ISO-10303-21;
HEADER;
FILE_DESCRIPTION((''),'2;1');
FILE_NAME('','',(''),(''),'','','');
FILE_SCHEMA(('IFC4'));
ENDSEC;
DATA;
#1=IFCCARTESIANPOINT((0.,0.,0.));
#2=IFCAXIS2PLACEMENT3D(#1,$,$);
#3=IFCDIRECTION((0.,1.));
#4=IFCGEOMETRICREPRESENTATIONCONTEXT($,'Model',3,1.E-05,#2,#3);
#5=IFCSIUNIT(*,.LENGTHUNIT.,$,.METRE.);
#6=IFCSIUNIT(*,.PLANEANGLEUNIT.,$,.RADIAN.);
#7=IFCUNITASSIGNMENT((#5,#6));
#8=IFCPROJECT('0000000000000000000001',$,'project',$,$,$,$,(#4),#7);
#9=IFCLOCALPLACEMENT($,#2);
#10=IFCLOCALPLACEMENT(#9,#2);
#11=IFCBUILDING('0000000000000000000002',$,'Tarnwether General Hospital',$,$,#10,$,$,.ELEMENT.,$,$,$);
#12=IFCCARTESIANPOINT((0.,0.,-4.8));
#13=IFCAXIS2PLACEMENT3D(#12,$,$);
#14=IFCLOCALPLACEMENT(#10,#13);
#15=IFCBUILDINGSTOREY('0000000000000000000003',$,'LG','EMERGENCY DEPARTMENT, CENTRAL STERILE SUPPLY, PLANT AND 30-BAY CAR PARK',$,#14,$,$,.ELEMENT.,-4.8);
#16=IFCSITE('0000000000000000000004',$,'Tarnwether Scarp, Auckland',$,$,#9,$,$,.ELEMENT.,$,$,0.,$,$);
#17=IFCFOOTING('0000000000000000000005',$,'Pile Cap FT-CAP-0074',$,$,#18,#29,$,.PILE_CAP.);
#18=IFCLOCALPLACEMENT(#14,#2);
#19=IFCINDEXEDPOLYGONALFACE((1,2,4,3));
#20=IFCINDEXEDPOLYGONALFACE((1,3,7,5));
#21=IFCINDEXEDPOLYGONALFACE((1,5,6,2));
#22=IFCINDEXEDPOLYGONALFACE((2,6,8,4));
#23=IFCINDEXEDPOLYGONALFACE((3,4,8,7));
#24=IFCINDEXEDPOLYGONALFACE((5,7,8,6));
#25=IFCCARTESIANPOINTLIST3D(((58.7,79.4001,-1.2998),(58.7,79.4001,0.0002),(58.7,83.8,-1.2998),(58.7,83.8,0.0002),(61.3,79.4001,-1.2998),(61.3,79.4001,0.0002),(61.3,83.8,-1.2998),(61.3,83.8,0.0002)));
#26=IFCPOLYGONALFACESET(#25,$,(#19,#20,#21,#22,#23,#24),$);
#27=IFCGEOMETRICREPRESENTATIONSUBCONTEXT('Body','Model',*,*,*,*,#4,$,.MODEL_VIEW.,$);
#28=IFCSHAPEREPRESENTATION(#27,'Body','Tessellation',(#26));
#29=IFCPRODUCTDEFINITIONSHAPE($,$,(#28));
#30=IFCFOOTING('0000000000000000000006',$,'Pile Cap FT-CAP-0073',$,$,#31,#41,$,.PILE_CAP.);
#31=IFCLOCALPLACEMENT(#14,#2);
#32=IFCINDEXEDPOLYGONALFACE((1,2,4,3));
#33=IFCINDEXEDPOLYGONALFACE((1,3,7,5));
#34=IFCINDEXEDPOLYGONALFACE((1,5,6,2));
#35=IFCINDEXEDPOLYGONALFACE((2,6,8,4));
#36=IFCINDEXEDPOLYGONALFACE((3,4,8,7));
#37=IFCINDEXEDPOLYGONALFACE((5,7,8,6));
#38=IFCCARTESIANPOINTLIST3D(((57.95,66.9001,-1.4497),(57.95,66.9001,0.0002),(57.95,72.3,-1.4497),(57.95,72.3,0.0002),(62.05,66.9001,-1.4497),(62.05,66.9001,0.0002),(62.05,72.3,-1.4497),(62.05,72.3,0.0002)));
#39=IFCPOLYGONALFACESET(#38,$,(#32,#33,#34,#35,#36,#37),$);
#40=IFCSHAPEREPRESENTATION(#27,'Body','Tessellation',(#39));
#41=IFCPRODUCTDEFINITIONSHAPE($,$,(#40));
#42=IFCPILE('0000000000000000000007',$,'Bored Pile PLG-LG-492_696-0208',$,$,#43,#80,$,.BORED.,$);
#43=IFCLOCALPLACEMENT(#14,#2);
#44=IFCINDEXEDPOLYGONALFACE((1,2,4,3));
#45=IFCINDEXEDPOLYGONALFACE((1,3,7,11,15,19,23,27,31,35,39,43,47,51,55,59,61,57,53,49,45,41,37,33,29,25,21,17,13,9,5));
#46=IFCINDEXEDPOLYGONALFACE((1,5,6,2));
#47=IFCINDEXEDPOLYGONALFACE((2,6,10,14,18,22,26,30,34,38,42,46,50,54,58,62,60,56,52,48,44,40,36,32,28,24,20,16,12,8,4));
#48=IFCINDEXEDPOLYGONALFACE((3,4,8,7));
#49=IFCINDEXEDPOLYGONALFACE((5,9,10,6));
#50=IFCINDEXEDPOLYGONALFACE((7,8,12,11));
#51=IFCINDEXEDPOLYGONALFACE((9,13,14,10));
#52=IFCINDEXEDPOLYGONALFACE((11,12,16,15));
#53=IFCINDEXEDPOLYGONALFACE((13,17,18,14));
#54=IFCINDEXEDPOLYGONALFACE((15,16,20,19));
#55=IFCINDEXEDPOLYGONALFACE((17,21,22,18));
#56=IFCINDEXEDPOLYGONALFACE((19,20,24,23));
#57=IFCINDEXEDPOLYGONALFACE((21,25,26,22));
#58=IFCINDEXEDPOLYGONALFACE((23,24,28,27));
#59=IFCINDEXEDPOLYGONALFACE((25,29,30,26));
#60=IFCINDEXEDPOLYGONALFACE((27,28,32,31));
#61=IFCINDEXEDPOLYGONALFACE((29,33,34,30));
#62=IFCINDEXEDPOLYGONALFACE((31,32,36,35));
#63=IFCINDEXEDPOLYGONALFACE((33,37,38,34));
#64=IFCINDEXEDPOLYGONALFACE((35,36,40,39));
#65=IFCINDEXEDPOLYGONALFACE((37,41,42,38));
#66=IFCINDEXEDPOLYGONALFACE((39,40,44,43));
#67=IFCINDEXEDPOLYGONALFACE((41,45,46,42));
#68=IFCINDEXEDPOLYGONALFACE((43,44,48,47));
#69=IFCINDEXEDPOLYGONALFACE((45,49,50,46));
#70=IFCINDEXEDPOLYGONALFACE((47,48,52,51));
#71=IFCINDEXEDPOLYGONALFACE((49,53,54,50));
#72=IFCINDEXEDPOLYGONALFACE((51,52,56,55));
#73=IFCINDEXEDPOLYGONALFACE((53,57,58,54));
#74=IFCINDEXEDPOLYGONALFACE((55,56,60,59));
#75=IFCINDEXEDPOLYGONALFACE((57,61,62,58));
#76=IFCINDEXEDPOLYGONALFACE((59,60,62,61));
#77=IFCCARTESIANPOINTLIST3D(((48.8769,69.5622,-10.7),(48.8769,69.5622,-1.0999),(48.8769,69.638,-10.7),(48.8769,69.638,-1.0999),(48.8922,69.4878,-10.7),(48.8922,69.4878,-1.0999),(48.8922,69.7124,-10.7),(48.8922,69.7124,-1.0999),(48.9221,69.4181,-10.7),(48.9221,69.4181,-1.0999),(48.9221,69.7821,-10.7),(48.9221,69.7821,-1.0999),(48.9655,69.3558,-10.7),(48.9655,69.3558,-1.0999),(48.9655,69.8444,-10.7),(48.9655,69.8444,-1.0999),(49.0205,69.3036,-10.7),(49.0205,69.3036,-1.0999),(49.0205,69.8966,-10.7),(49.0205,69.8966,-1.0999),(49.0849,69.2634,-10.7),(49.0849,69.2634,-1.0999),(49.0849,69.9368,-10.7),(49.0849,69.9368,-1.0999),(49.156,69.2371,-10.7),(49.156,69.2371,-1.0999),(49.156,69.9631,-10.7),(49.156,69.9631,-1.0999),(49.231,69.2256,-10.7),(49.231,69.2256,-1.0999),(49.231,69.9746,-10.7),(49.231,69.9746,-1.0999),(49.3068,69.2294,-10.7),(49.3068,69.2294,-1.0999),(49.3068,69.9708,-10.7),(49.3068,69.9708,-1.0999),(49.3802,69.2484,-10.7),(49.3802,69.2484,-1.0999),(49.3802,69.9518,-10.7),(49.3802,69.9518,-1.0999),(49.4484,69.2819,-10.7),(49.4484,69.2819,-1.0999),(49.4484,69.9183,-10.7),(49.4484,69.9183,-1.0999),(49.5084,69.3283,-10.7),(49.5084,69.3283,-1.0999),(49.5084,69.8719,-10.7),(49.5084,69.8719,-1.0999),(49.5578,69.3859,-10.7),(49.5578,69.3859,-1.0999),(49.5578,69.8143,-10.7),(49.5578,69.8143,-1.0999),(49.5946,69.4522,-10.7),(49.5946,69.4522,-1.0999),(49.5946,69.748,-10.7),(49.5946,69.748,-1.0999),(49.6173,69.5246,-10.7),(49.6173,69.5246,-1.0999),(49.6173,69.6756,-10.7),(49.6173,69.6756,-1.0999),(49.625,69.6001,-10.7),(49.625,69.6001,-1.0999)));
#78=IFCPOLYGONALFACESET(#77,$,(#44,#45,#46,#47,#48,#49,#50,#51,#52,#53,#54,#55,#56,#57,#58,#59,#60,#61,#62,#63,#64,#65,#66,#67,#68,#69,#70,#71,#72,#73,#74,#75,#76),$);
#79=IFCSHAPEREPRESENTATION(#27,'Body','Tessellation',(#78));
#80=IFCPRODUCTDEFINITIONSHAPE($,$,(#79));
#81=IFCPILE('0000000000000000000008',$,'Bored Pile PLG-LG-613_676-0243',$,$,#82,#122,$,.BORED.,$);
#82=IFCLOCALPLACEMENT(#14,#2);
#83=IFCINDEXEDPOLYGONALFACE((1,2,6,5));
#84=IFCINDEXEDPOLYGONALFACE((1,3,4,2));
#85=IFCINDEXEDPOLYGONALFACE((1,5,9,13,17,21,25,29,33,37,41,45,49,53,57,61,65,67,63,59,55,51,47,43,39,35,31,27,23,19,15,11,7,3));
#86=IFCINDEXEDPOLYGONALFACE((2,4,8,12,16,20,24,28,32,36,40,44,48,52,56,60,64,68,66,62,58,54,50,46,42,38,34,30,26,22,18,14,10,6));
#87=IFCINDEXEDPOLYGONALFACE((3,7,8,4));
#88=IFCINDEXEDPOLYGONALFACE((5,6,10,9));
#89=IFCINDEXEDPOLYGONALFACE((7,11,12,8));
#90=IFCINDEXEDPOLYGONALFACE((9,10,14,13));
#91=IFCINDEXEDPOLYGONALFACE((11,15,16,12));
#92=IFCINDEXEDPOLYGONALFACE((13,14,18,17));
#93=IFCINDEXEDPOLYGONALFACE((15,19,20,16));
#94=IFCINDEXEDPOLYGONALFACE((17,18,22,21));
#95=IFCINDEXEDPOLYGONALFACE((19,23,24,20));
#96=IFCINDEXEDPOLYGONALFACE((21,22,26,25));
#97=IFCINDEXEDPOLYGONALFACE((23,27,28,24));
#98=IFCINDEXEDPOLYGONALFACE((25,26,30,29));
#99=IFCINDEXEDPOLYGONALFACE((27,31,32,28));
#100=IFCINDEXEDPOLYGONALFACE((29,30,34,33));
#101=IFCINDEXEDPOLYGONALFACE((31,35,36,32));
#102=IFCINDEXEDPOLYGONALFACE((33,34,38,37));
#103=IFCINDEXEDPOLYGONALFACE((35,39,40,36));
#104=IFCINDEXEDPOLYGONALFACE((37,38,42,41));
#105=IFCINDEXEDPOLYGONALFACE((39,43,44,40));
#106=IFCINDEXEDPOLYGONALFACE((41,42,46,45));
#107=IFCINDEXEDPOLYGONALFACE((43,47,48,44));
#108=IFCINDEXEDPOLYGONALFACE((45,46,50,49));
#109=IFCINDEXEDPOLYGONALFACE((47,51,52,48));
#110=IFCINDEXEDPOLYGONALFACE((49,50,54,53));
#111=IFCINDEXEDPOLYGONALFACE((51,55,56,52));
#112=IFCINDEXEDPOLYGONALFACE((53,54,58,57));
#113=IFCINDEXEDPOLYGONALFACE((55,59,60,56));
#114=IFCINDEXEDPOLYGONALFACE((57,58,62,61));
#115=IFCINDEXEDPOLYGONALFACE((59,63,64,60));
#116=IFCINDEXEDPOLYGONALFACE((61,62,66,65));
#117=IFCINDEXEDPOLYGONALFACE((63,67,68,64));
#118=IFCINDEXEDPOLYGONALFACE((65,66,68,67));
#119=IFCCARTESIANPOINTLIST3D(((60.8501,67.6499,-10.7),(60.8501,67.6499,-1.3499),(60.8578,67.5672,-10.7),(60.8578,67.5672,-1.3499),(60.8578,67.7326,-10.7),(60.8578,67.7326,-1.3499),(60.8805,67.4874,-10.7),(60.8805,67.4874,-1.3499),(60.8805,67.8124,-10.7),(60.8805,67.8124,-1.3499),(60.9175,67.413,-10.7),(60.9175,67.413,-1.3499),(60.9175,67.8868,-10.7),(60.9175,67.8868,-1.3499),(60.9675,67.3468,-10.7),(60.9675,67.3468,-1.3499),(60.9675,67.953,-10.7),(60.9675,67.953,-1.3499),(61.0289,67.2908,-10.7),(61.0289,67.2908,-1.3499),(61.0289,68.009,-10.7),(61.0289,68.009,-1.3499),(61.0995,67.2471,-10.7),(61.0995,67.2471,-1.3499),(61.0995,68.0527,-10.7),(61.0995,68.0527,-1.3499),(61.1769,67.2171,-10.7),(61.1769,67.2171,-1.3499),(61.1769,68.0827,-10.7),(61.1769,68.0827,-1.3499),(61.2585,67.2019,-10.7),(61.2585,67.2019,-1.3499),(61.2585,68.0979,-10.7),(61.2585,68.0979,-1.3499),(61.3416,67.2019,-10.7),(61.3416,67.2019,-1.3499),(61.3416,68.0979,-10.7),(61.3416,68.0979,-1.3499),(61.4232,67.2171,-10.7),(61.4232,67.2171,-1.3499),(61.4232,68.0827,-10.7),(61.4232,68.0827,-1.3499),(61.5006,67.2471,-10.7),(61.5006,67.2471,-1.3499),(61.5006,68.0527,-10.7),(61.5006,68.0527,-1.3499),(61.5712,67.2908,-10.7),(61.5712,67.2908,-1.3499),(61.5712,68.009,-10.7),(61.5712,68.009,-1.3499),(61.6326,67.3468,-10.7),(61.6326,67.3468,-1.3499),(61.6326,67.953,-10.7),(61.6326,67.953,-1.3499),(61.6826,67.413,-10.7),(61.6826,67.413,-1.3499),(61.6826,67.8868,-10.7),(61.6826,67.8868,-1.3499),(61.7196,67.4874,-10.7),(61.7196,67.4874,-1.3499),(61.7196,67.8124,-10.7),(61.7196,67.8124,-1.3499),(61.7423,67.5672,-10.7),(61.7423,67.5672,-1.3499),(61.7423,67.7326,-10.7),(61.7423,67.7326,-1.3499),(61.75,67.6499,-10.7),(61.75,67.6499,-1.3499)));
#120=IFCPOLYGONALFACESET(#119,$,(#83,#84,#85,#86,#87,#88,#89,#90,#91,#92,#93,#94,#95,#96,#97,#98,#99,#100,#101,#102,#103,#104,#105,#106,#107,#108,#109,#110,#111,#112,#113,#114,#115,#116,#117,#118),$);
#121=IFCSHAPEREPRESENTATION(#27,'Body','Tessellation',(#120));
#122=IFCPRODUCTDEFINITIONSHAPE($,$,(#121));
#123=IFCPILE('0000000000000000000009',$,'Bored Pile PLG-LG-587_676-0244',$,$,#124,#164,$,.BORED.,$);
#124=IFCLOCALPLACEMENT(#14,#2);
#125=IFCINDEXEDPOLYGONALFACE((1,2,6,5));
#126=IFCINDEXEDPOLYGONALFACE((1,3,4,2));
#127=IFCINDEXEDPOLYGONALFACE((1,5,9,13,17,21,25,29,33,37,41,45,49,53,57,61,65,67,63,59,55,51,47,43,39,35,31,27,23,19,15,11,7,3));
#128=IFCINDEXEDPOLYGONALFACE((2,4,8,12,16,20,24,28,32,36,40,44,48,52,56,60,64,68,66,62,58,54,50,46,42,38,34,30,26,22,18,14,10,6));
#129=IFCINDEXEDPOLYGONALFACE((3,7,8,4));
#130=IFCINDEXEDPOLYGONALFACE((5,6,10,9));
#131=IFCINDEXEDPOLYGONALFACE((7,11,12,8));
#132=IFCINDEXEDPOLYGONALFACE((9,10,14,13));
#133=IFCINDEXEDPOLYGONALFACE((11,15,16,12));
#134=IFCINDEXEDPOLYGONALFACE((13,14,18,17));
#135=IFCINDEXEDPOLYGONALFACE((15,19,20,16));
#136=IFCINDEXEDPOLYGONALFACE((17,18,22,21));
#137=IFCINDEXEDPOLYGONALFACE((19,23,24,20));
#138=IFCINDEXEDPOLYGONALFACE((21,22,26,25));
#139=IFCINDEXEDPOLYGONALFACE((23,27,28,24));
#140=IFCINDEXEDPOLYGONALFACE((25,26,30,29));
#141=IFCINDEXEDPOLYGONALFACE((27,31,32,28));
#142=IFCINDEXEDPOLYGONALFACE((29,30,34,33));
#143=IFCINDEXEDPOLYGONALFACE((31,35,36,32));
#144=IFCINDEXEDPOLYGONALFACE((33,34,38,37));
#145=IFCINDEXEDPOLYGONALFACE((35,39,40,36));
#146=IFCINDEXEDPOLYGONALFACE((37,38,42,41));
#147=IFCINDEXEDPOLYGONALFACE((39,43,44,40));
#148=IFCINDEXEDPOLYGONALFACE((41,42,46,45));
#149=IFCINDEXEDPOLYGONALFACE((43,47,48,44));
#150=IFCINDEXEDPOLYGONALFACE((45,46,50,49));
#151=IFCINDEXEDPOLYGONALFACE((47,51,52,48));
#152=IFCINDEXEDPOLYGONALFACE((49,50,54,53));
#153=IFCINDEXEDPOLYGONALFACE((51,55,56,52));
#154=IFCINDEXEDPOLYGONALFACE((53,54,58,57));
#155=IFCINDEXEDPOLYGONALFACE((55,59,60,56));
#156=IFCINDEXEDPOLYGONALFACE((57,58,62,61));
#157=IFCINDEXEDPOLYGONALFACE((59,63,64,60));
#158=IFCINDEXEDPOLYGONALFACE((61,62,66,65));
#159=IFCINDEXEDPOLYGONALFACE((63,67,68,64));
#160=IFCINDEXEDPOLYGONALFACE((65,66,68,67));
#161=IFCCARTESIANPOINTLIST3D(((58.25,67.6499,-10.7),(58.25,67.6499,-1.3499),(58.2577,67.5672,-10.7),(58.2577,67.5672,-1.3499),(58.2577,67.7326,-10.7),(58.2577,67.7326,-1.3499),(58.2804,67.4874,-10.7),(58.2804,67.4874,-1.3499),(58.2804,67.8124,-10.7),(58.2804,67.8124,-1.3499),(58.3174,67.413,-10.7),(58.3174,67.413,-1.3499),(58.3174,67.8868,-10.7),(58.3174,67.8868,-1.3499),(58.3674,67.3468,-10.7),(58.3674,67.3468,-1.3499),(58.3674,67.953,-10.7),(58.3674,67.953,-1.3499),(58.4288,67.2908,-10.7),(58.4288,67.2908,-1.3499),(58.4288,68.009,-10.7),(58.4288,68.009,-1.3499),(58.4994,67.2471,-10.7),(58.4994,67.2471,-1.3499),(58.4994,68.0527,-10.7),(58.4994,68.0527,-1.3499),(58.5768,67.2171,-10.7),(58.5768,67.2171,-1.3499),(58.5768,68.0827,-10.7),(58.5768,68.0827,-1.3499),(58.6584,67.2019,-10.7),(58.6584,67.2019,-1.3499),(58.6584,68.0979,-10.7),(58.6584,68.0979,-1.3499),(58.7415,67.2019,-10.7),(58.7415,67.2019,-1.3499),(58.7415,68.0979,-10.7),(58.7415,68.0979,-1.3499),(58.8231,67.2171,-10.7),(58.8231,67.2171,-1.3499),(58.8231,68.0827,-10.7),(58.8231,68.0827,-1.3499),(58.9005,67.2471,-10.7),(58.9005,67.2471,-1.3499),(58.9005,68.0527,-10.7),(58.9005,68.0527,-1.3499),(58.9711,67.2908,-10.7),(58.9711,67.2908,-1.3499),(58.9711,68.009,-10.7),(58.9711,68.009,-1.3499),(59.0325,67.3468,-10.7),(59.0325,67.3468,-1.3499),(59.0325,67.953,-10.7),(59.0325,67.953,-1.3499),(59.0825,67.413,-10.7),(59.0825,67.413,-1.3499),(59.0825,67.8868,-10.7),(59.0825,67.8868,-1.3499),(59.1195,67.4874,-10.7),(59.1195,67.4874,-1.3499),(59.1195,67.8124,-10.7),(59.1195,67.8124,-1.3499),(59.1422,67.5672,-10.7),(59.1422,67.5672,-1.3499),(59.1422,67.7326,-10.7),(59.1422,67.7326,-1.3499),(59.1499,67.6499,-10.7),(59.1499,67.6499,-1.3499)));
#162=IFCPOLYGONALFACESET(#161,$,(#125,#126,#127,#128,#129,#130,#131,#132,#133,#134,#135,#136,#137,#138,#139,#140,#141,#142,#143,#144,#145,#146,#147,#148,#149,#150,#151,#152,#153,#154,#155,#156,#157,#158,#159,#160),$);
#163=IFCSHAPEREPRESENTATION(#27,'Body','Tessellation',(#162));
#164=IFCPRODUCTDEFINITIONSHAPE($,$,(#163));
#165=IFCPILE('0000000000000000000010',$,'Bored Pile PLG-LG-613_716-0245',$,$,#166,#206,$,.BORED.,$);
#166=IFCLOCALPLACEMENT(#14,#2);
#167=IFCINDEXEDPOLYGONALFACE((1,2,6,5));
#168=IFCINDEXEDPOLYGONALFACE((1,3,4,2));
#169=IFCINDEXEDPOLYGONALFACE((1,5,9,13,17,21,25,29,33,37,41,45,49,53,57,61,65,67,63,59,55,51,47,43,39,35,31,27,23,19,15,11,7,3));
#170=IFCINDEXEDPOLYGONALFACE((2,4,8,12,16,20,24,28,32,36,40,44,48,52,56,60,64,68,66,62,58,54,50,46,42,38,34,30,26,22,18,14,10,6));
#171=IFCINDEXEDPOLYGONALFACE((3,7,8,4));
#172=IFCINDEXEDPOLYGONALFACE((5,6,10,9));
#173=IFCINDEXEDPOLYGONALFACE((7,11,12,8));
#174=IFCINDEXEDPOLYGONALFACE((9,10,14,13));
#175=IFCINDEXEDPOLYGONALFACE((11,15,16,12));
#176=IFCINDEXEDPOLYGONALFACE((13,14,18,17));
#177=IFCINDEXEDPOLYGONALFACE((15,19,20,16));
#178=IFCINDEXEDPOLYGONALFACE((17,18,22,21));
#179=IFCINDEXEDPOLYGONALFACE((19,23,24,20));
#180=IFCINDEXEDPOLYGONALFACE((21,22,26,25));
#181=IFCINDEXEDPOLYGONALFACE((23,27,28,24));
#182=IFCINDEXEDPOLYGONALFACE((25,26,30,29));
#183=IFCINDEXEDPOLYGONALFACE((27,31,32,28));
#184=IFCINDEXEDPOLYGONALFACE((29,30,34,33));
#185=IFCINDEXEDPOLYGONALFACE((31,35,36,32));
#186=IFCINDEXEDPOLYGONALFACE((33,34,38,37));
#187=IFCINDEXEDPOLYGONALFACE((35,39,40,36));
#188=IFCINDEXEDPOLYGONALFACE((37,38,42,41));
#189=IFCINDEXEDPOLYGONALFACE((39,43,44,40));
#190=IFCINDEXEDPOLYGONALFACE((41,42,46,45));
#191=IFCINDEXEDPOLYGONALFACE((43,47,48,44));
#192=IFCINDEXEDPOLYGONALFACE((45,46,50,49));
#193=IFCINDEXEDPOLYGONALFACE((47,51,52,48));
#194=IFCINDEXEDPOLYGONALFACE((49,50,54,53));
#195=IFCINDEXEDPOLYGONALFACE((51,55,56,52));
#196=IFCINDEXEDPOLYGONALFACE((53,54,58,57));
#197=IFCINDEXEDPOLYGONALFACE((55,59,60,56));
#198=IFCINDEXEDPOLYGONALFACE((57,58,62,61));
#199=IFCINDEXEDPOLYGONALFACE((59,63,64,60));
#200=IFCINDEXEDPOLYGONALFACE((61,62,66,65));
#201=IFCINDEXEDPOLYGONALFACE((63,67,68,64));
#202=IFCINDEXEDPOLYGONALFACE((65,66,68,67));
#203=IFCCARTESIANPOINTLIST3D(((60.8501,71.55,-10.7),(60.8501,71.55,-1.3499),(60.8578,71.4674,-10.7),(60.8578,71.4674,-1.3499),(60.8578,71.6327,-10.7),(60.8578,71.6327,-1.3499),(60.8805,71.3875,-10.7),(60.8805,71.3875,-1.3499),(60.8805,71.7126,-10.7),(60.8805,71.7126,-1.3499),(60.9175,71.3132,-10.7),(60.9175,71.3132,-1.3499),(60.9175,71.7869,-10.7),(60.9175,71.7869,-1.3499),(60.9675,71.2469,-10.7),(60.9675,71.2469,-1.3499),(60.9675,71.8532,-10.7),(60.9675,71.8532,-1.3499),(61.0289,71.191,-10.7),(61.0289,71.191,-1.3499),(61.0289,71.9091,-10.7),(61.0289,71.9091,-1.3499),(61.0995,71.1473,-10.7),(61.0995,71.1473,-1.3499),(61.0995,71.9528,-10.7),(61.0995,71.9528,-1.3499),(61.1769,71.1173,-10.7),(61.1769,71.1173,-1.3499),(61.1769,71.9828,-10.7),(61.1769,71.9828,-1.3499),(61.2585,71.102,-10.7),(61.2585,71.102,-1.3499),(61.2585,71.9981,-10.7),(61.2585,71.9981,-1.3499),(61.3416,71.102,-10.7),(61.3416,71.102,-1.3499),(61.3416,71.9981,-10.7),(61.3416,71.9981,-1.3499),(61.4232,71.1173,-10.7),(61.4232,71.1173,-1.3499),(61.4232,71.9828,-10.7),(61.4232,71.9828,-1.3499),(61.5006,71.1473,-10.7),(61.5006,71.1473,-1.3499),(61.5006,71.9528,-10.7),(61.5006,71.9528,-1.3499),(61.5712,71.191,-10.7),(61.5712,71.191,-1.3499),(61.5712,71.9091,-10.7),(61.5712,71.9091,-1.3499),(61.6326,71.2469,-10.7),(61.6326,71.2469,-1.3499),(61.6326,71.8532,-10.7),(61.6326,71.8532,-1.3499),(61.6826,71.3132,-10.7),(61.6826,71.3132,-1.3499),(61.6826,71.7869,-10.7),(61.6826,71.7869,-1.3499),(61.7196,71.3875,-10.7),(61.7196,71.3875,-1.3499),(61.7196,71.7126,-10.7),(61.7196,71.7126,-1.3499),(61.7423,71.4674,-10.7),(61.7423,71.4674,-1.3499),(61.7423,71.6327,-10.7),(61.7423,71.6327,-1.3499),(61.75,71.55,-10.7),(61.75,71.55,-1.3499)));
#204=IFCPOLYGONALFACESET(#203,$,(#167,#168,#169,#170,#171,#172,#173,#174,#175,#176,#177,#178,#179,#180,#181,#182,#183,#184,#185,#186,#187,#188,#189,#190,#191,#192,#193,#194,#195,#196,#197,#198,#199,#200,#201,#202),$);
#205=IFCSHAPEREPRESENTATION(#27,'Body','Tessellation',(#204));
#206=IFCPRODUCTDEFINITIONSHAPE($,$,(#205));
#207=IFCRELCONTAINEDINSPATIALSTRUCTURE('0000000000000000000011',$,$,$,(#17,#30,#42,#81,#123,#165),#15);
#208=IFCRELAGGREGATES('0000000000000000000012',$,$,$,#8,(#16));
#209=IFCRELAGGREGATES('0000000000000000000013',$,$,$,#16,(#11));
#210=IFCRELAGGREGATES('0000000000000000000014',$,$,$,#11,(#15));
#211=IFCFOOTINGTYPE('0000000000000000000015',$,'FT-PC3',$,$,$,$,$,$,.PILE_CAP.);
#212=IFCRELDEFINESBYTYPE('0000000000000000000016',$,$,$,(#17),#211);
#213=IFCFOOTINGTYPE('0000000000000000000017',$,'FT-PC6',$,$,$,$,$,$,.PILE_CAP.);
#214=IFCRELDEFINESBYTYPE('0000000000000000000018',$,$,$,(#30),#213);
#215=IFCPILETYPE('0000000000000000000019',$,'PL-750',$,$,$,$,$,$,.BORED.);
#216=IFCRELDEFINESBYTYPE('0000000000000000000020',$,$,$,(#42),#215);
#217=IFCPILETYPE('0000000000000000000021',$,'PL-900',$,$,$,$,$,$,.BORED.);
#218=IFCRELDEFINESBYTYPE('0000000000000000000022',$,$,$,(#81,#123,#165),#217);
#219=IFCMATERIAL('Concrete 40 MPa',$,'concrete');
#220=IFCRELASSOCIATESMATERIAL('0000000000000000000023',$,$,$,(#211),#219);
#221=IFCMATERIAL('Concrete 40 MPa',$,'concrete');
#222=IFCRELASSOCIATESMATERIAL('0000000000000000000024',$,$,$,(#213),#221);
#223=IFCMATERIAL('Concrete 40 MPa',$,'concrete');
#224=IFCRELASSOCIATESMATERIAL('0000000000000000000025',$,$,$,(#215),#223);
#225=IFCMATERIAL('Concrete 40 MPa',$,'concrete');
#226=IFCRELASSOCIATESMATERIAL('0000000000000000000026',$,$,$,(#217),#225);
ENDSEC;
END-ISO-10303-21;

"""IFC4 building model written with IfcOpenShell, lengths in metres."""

from ifc_helpers import new_model, si_unit, direction, frame, origin, origin_2d, place, context, subcontext, project, spatial, rectangle, circle, extrude, material, material_profile, profile_set, type_object, element, save


model = new_model("IFC4")

# Units and contexts
model_context = context("Model", 3, precision=1e-05, world=origin(), true_north=direction((0.0, 1.0)))
body_context = subcontext(model_context, "Body", "Model", "MODEL_VIEW")
ifc_project = project(units=[si_unit("LENGTHUNIT", "METRE"), si_unit("PLANEANGLEUNIT", "RADIAN")], contexts=[model_context])

# Site, building, storey
site_placement = place(None, origin())
site = spatial("IfcSite", under=ifc_project, at=site_placement, Name="Tarnwether Scarp, Auckland", CompositionType="ELEMENT", RefElevation=0.0)
building_placement = place(site_placement, origin())
building = spatial("IfcBuilding", under=site, at=building_placement, Name="Tarnwether General Hospital", CompositionType="ELEMENT")
storey_placement = place(building_placement, frame((0.0, 0.0, -4.8)))
storey = spatial("IfcBuildingStorey", under=building, at=storey_placement, Name="LG", Description="EMERGENCY DEPARTMENT, CENTRAL STERILE SUPPLY, PLANT AND 30-BAY CAR PARK", CompositionType="ELEMENT", Elevation=-4.8)

# Footings
ifc_material_1 = material(Name="Concrete 40 MPa", Category="concrete")
footing_type_1 = type_object("IfcFootingType", Name="FT-PC3", PredefinedType="PILE_CAP", material=ifc_material_1)
footing_1_placement = place(storey_placement, frame((60.0, 81.6001, -1.2998), z_axis=(0.0, 0.0, 1.0), x_axis=(0.0, 1.0, 0.0)))
element("IfcFooting", 1, at=footing_1_placement, inside=storey, type_object=footing_type_1, Name="Pile Cap FT-CAP-0074", PredefinedType="PILE_CAP", context=body_context, shape_type="SweptSolid", body=[
    extrude(rectangle(XDim=4.3999, YDim=2.6001, at=origin_2d()), origin(), (0.0, 0.0, 1.0), 1.3),
])
ifc_material_2 = material(Name="Concrete 40 MPa", Category="concrete")
footing_type_2 = type_object("IfcFootingType", Name="FT-PC6", PredefinedType="PILE_CAP", material=ifc_material_2)
footing_2_placement = place(storey_placement, frame((60.0, 69.6001, -1.4497), z_axis=(0.0, 0.0, 1.0), x_axis=(0.0, 1.0, 0.0)))
element("IfcFooting", 2, at=footing_2_placement, inside=storey, type_object=footing_type_2, Name="Pile Cap FT-CAP-0073", PredefinedType="PILE_CAP", context=body_context, shape_type="SweptSolid", body=[
    extrude(rectangle(XDim=5.3999, YDim=4.1001, at=origin_2d()), origin(), (0.0, 0.0, 1.0), 1.45),
])

# Piles
ifc_material_3 = material(Name="Concrete 40 MPa", Category="concrete")
ifc_material_profile_1 = material_profile(ifc_material_3, circle(Radius=0.375, at=origin_2d()), Name="PILE-D750")
ifc_profile_set_1 = profile_set([ifc_material_profile_1], Name="Concrete 40 MPa")
pile_type_1 = type_object("IfcPileType", Name="PL-750", PredefinedType="BORED", material=ifc_profile_set_1)
pile_1_placement = place(storey_placement, frame((49.25, 69.6001, -1.0999), z_axis=(0.0, 0.0, -1.0), x_axis=(1.0, 0.0, 0.0)))
element("IfcPile", 3, at=pile_1_placement, inside=storey, type_object=pile_type_1, Name="Bored Pile PLG-LG-492_696-0208", PredefinedType="BORED", context=body_context, shape_type="SweptSolid", body=[
    extrude(circle(Radius=0.375, at=origin_2d()), origin(), (0.0, 0.0, 1.0), 9.6001),
])
ifc_material_4 = material(Name="Concrete 40 MPa", Category="concrete")
ifc_material_profile_2 = material_profile(ifc_material_4, circle(Radius=0.45, at=origin_2d()), Name="PILE-D900")
ifc_profile_set_2 = profile_set([ifc_material_profile_2], Name="Concrete 40 MPa")
pile_type_2 = type_object("IfcPileType", Name="PL-900", PredefinedType="BORED", material=ifc_profile_set_2)
for number, where, z_axis, x_axis, name in (
    (4, (61.3, 67.6499, -1.3499), (0.0, 0.0, -1.0), (1.0, 0.0, 0.0), "Bored Pile PLG-LG-613_676-0243"),
    (5, (58.7, 67.6499, -1.3499), (0.0, 0.0, -1.0), (1.0, 0.0, 0.0), "Bored Pile PLG-LG-587_676-0244"),
    (6, (61.3, 71.55, -1.3499), (0.0, 0.0, -1.0), (1.0, 0.0, 0.0), "Bored Pile PLG-LG-613_716-0245"),
):
    element("IfcPile", number, at=place(storey_placement, frame(where, z_axis=z_axis, x_axis=x_axis)), inside=storey, type_object=pile_type_2, Name=name, PredefinedType="BORED", context=body_context, shape_type="SweptSolid", body=[
        extrude(circle(Radius=0.45, at=origin_2d()), origin(), (0.0, 0.0, 1.0), 9.3501),
    ])

save(model, "model.ifc")
